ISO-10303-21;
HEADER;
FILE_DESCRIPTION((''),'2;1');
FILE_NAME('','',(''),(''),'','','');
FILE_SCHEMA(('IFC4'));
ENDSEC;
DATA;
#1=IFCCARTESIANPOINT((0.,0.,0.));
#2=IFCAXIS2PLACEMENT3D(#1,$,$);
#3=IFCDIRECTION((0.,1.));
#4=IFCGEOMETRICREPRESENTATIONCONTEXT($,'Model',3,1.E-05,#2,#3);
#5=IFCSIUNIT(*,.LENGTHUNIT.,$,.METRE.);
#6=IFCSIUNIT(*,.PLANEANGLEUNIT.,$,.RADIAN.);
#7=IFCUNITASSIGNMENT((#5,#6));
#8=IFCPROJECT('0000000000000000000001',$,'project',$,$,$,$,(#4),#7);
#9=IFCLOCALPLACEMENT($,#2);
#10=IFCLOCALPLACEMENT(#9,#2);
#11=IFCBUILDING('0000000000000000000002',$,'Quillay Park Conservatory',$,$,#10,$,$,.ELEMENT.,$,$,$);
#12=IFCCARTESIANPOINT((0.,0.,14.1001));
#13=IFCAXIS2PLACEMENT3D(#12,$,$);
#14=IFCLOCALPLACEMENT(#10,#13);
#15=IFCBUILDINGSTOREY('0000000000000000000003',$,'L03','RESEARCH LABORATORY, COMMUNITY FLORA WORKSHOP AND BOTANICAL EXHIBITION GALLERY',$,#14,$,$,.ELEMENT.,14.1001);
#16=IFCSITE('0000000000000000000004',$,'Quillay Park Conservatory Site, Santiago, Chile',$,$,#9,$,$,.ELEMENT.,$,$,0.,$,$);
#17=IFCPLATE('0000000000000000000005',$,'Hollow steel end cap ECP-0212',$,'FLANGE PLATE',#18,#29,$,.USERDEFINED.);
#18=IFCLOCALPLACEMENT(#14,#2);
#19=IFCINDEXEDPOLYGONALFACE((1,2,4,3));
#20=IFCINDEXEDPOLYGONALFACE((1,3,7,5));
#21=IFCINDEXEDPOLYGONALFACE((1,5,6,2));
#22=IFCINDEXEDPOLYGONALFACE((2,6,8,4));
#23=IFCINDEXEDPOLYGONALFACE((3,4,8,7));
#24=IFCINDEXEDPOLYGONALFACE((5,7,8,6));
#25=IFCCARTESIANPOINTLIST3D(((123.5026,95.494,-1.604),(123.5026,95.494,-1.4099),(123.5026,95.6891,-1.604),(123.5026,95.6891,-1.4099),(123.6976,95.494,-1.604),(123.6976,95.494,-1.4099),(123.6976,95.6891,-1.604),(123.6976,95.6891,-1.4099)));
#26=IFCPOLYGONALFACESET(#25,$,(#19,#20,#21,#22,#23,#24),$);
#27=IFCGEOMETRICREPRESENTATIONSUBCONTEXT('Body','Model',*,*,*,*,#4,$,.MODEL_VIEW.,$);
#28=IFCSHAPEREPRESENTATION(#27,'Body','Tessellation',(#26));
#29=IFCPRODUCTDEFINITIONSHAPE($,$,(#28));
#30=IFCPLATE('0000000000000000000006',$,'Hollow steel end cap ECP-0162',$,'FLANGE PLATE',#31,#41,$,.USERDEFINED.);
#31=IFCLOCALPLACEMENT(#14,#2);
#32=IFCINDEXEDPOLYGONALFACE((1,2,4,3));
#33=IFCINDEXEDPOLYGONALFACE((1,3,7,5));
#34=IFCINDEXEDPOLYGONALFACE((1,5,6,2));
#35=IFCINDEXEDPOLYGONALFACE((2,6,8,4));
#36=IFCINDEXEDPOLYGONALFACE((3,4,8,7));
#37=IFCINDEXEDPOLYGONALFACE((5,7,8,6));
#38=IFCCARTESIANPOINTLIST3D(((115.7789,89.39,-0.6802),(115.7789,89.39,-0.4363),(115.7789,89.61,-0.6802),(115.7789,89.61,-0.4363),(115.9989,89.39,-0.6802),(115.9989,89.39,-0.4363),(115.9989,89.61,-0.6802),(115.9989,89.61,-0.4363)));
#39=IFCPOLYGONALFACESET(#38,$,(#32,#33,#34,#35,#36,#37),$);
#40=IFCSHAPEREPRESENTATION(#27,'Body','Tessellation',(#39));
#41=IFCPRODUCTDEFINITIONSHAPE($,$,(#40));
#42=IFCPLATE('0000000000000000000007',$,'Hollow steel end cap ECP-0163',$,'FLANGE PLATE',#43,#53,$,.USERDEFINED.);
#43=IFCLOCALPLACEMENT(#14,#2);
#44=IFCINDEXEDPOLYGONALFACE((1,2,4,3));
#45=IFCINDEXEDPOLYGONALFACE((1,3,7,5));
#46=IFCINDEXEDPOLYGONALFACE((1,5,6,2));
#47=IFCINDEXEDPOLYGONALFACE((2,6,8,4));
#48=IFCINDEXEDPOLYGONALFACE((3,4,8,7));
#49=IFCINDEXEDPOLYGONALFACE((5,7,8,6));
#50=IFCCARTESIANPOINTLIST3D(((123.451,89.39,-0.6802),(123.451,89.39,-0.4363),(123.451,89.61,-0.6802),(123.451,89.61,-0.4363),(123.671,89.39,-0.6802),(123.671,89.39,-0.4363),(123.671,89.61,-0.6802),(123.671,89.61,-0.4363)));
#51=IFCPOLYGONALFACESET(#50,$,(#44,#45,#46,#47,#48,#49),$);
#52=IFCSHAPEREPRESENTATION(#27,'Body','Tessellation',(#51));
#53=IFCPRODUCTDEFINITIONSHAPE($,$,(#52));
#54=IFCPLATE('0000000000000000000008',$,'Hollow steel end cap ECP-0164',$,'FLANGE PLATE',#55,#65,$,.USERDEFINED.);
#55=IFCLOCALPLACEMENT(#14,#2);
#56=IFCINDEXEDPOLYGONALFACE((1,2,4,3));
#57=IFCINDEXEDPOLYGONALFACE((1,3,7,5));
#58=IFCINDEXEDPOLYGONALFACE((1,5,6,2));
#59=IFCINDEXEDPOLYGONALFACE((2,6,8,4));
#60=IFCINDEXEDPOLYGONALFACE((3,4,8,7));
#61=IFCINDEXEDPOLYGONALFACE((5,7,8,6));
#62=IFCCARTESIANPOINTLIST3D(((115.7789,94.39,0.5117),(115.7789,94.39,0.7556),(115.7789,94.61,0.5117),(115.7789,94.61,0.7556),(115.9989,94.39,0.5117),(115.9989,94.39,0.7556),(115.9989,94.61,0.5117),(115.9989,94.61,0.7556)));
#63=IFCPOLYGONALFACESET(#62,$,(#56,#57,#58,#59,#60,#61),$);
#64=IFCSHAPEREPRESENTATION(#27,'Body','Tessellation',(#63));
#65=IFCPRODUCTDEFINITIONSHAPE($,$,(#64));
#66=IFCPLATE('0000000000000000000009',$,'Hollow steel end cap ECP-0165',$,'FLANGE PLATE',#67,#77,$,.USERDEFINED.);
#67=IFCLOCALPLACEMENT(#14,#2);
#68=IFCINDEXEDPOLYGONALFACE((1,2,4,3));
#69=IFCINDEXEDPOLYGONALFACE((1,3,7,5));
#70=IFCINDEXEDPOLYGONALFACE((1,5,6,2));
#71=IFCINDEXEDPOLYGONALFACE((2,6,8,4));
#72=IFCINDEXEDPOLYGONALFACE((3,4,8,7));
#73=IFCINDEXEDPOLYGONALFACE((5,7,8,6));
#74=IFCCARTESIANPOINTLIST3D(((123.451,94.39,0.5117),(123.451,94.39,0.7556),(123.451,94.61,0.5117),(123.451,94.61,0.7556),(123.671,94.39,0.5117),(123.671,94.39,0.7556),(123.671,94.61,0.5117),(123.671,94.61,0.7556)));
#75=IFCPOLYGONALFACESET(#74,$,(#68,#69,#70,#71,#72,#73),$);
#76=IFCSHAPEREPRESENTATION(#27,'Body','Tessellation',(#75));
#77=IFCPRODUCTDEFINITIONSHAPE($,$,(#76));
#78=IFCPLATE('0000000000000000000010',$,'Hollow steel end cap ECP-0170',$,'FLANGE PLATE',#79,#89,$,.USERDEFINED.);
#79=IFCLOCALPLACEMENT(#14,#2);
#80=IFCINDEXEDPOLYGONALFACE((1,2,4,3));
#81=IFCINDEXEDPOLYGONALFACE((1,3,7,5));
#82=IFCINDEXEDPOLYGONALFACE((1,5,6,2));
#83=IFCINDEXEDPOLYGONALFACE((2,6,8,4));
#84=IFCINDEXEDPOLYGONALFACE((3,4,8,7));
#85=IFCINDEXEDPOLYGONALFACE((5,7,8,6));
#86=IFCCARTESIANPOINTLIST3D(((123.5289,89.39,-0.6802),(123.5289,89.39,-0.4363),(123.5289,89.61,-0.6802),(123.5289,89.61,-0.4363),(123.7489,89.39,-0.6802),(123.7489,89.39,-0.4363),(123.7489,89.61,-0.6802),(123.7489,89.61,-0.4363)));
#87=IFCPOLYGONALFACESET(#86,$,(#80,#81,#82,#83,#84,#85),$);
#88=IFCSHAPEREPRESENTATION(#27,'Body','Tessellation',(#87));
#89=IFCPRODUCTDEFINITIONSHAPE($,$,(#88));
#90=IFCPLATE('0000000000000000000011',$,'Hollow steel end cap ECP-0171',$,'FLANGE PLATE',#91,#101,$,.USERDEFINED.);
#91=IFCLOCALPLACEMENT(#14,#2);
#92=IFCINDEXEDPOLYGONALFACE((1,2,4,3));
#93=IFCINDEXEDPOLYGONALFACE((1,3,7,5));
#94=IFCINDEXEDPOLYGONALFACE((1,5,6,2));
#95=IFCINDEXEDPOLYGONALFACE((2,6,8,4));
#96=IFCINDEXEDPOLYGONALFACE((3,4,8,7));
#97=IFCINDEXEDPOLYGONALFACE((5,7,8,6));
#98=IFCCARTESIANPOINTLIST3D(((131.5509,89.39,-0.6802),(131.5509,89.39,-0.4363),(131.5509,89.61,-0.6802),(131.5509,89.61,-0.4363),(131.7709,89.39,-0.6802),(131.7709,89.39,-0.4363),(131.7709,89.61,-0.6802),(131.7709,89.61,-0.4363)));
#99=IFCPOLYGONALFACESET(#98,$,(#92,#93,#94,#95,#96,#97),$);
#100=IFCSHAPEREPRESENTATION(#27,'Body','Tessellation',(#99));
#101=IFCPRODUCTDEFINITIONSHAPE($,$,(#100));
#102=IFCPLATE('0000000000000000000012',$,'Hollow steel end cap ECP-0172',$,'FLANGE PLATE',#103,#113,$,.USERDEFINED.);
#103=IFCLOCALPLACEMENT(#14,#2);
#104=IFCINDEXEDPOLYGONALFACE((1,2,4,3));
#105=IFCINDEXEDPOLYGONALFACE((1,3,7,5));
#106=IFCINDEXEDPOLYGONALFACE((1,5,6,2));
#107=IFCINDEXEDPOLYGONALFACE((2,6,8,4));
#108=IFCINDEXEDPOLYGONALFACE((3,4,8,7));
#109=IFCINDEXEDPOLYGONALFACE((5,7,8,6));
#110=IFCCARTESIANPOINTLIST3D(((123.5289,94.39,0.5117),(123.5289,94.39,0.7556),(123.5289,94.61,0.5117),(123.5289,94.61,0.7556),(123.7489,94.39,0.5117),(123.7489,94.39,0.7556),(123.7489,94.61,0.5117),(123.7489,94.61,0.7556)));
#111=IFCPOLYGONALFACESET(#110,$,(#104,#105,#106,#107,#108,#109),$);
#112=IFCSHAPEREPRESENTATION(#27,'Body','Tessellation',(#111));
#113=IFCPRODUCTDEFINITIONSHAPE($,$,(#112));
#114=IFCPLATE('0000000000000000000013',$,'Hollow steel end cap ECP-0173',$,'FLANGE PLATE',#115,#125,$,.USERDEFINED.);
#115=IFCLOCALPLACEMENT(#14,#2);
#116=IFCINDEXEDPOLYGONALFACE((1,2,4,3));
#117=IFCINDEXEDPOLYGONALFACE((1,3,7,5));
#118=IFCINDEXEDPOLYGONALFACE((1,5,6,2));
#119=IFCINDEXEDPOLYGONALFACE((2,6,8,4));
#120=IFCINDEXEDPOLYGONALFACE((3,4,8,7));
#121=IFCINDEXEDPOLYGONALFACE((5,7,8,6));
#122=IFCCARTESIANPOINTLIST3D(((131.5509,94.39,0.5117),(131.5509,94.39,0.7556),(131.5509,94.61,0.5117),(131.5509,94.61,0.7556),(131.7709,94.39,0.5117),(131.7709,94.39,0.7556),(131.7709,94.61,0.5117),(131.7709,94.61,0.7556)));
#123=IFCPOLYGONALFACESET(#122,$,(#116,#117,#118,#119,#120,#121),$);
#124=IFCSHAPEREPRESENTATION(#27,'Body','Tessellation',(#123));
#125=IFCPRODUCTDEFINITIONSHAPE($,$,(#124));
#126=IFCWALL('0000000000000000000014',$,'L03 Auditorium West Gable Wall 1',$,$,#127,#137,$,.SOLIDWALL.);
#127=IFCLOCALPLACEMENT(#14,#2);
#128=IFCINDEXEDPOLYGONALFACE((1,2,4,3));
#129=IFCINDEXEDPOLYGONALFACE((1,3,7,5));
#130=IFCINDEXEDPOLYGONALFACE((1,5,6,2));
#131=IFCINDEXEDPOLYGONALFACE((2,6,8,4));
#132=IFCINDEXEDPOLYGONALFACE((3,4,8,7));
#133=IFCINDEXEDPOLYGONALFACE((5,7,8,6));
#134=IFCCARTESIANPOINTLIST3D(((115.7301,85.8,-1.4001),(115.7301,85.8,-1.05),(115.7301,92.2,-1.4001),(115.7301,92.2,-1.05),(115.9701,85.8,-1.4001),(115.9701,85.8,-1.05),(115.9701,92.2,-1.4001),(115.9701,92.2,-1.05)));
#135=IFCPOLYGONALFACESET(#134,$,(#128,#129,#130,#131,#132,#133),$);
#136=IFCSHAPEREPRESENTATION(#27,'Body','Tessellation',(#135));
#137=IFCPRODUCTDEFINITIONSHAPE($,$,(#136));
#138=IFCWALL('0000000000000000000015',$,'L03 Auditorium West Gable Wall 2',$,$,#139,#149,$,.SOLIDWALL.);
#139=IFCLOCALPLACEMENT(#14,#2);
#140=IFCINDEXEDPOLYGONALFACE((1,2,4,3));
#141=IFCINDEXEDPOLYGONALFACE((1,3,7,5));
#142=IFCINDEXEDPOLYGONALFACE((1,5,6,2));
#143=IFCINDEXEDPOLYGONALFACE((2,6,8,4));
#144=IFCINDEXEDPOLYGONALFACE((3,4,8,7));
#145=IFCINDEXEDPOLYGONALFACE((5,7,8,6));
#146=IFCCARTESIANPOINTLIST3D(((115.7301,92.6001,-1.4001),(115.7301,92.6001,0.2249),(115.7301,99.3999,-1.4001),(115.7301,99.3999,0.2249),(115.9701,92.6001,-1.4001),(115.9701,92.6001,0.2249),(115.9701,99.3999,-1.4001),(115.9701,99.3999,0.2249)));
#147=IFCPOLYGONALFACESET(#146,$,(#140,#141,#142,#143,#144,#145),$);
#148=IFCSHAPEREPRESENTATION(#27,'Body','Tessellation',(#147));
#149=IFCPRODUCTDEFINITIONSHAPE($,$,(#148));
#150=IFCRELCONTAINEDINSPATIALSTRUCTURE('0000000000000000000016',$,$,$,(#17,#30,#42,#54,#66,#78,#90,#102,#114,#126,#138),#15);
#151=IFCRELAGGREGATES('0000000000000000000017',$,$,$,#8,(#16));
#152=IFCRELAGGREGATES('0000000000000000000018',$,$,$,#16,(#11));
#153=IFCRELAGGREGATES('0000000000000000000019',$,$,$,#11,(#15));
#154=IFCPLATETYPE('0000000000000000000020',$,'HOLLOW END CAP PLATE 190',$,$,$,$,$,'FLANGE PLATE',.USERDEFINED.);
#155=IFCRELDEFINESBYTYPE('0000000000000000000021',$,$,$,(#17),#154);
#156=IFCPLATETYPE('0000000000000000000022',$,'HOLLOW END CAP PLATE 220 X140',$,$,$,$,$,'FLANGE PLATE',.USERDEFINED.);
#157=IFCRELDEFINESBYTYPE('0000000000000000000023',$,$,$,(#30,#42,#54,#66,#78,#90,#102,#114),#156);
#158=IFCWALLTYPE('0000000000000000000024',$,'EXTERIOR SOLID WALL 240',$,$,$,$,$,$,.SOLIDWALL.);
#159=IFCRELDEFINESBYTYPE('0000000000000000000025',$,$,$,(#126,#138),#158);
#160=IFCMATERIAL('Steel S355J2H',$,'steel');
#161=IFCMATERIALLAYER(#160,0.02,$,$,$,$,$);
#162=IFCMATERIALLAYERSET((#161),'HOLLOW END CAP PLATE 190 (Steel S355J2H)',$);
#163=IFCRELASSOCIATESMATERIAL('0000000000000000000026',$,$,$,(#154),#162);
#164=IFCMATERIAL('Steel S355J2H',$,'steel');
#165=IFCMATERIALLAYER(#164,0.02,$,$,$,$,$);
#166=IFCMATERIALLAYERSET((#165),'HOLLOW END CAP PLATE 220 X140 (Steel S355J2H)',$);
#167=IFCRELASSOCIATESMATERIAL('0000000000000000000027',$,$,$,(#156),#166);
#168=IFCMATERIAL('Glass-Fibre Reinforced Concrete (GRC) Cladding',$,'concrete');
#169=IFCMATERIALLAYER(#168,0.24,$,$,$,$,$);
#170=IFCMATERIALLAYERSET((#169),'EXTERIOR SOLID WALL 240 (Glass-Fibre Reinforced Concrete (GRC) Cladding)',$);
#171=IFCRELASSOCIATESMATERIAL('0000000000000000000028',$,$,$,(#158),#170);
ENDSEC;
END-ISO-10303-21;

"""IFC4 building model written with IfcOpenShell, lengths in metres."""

from ifc_helpers import new_model, si_unit, direction, frame, frame_2d, origin, origin_2d, place, context, subcontext, project, spatial, rectangle, extrude, material, layer, layer_set, type_object, element, save


model = new_model("IFC4")

# Units and contexts
model_context = context("Model", 3, precision=1e-05, world=origin(), true_north=direction((0.0, 1.0)))
body_context = subcontext(model_context, "Body", "Model", "MODEL_VIEW")
ifc_project = project(units=[si_unit("LENGTHUNIT", "METRE"), si_unit("PLANEANGLEUNIT", "RADIAN")], contexts=[model_context])

# Site, building, storey
site_placement = place(None, origin())
site = spatial("IfcSite", under=ifc_project, at=site_placement, Name="Quillay Park Conservatory Site, Santiago, Chile", CompositionType="ELEMENT", RefElevation=0.0)
building_placement = place(site_placement, origin())
building = spatial("IfcBuilding", under=site, at=building_placement, Name="Quillay Park Conservatory", CompositionType="ELEMENT")
storey_placement = place(building_placement, frame((0.0, 0.0, 14.1001)))
storey = spatial("IfcBuildingStorey", under=building, at=storey_placement, Name="L03", Description="RESEARCH LABORATORY, COMMUNITY FLORA WORKSHOP AND BOTANICAL EXHIBITION GALLERY", CompositionType="ELEMENT", Elevation=14.1001)

# Plates
ifc_material_1 = material(Name="Steel S355J2H", Category="steel")
ifc_layer_1 = layer(ifc_material_1, 0.02)
ifc_layer_set_1 = layer_set([ifc_layer_1], Name="HOLLOW END CAP PLATE 190 (Steel S355J2H)")
plate_type_1 = type_object("IfcPlateType", Name="HOLLOW END CAP PLATE 190", ElementType="FLANGE PLATE", PredefinedType="USERDEFINED", material=ifc_layer_set_1)
for number, where, z_axis, x_axis, name in (
    (1, (123.6001, 95.5916, -1.604), (0.0, 0.0, 1.0), (1.0, 0.0, 0.0), "Hollow steel end cap ECP-0212"),
):
    element("IfcPlate", number, at=place(storey_placement, frame(where, z_axis=z_axis, x_axis=x_axis)), inside=storey, type_object=plate_type_1, Name=name, ObjectType="FLANGE PLATE", PredefinedType="USERDEFINED", context=body_context, shape_type="SweptSolid", body=[
        extrude(rectangle(XDim=0.1951, YDim=0.1951, at=origin_2d()), origin(), (0.0, 0.0, 1.0), 0.1941),
    ])
ifc_material_2 = material(Name="Steel S355J2H", Category="steel")
ifc_layer_2 = layer(ifc_material_2, 0.02)
ifc_layer_set_2 = layer_set([ifc_layer_2], Name="HOLLOW END CAP PLATE 220 X140 (Steel S355J2H)")
plate_type_2 = type_object("IfcPlateType", Name="HOLLOW END CAP PLATE 220 X140", ElementType="FLANGE PLATE", PredefinedType="USERDEFINED", material=ifc_layer_set_2)
for number, where, z_axis, x_axis, name in (
    (2, (115.8889, 89.5, -0.6802), (0.0, 0.0, 1.0), (1.0, 0.0, 0.0), "Hollow steel end cap ECP-0162"),
    (3, (123.561, 89.5, -0.6802), (0.0, 0.0, 1.0), (1.0, 0.0, 0.0), "Hollow steel end cap ECP-0163"),
    (4, (115.8889, 94.5, 0.5117), (0.0, 0.0, 1.0), (1.0, 0.0, 0.0), "Hollow steel end cap ECP-0164"),
    (5, (123.561, 94.5, 0.5117), (0.0, 0.0, 1.0), (1.0, 0.0, 0.0), "Hollow steel end cap ECP-0165"),
    (6, (123.6389, 89.5, -0.6802), (0.0, 0.0, 1.0), (1.0, 0.0, 0.0), "Hollow steel end cap ECP-0170"),
    (7, (131.6609, 89.5, -0.6802), (0.0, 0.0, 1.0), (1.0, 0.0, 0.0), "Hollow steel end cap ECP-0171"),
    (8, (123.6389, 94.5, 0.5117), (0.0, 0.0, 1.0), (1.0, 0.0, 0.0), "Hollow steel end cap ECP-0172"),
    (9, (131.6609, 94.5, 0.5117), (0.0, 0.0, 1.0), (1.0, 0.0, 0.0), "Hollow steel end cap ECP-0173"),
):
    element("IfcPlate", number, at=place(storey_placement, frame(where, z_axis=z_axis, x_axis=x_axis)), inside=storey, type_object=plate_type_2, Name=name, ObjectType="FLANGE PLATE", PredefinedType="USERDEFINED", context=body_context, shape_type="SweptSolid", body=[
        extrude(rectangle(XDim=0.22, YDim=0.22, at=origin_2d()), origin(), (0.0, 0.0, 1.0), 0.2439),
    ])

# Walls
ifc_material_3 = material(Name="Glass-Fibre Reinforced Concrete (GRC) Cladding", Category="concrete")
ifc_layer_3 = layer(ifc_material_3, 0.24)
ifc_layer_set_3 = layer_set([ifc_layer_3], Name="EXTERIOR SOLID WALL 240 (Glass-Fibre Reinforced Concrete (GRC) Cladding)")
wall_type = type_object("IfcWallType", Name="EXTERIOR SOLID WALL 240", PredefinedType="SOLIDWALL", material=ifc_layer_set_3)
wall_1_placement = place(storey_placement, frame((115.8501, 85.8, -1.4001), z_axis=(0.0, 0.0, 1.0), x_axis=(0.0, 1.0, 0.0)))
element("IfcWall", 10, at=wall_1_placement, inside=storey, type_object=wall_type, Name="L03 Auditorium West Gable Wall 1", PredefinedType="SOLIDWALL", context=body_context, shape_type="SweptSolid", body=[
    extrude(rectangle(XDim=6.3999, YDim=0.24, at=frame_2d((3.2, 0.0))), origin(), (0.0, 0.0, 1.0), 0.3501),
])
wall_2_placement = place(storey_placement, frame((115.8501, 92.6001, -1.4001), z_axis=(0.0, 0.0, 1.0), x_axis=(0.0, 1.0, 0.0)))
element("IfcWall", 11, at=wall_2_placement, inside=storey, type_object=wall_type, Name="L03 Auditorium West Gable Wall 2", PredefinedType="SOLIDWALL", context=body_context, shape_type="SweptSolid", body=[
    extrude(rectangle(XDim=6.7998, YDim=0.24, at=frame_2d((3.3999, 0.0))), origin(), (0.0, 0.0, 1.0), 1.625),
])

save(model, "model.ifc")
